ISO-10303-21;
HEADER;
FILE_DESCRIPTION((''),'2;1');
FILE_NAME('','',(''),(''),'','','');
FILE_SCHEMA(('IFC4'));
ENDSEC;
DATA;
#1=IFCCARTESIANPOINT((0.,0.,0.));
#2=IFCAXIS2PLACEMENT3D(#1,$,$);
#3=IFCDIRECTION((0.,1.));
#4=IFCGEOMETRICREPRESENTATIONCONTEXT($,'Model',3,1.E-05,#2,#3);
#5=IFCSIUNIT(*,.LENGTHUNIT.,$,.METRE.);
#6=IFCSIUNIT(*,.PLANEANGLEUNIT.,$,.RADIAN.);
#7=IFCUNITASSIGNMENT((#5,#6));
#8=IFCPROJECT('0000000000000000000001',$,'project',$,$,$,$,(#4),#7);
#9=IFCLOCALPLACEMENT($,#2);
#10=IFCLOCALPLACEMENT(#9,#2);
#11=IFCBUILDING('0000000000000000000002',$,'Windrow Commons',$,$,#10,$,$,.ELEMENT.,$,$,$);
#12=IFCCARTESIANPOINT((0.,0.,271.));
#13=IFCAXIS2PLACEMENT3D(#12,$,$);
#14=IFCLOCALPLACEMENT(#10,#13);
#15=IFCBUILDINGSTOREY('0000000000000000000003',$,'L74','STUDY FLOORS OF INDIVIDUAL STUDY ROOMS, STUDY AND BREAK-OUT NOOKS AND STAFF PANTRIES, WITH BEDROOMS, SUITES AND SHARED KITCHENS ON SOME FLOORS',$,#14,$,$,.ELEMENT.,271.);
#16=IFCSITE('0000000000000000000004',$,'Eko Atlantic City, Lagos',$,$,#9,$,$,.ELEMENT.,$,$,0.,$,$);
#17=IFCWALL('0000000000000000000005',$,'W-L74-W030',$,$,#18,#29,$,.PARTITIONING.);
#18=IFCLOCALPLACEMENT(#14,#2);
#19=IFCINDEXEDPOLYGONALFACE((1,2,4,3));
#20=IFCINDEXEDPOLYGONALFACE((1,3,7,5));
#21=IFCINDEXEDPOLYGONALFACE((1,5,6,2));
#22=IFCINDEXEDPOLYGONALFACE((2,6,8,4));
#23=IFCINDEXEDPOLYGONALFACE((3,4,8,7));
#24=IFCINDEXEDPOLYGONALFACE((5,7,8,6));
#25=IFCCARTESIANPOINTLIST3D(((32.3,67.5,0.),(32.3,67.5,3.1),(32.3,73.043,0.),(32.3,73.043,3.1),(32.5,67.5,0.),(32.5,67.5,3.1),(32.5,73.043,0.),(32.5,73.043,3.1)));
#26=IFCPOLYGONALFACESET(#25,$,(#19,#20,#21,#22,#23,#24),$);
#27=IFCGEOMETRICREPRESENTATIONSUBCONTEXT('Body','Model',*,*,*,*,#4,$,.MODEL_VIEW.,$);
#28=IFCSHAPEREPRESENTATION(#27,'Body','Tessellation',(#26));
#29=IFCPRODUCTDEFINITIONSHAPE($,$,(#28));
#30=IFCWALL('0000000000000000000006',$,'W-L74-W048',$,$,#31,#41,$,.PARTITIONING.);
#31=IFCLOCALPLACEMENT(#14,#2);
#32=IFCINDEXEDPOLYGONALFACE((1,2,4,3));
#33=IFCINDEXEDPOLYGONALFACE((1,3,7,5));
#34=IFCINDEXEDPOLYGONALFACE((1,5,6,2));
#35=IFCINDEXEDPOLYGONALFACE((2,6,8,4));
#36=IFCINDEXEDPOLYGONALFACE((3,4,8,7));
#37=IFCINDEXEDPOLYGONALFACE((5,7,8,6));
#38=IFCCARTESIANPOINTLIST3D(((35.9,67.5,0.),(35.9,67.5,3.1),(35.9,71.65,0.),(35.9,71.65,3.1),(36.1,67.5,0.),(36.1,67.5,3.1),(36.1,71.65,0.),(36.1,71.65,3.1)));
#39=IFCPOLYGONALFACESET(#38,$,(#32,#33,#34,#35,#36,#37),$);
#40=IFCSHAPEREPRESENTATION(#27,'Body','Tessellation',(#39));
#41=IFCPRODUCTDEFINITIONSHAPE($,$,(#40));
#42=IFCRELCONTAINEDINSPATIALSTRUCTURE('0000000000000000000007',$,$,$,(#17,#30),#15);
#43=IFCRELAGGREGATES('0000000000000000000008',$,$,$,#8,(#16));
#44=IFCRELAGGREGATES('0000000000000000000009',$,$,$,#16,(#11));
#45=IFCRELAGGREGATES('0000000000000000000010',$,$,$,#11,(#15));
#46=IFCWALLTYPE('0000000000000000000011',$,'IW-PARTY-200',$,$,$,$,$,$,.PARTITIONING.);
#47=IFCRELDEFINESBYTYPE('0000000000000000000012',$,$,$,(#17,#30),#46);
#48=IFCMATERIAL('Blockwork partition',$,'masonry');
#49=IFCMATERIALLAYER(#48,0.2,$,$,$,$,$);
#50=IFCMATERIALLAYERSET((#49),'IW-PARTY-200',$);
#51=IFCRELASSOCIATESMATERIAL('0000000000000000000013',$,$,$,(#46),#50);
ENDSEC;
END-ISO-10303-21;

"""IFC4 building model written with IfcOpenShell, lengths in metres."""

from ifc_helpers import new_model, si_unit, direction, frame, frame_2d, origin, place, context, subcontext, project, spatial, rectangle, extrude, material, layer, layer_set, type_object, element, save


model = new_model("IFC4")

# Units and contexts
model_context = context("Model", 3, precision=1e-05, world=origin(), true_north=direction((0.0, 1.0)))
body_context = subcontext(model_context, "Body", "Model", "MODEL_VIEW")
ifc_project = project(units=[si_unit("LENGTHUNIT", "METRE"), si_unit("PLANEANGLEUNIT", "RADIAN")], contexts=[model_context])

# Site, building, storey
site_placement = place(None, origin())
site = spatial("IfcSite", under=ifc_project, at=site_placement, Name="Eko Atlantic City, Lagos", CompositionType="ELEMENT", RefElevation=0.0)
building_placement = place(site_placement, origin())
building = spatial("IfcBuilding", under=site, at=building_placement, Name="Windrow Commons", CompositionType="ELEMENT")
storey_placement = place(building_placement, frame((0.0, 0.0, 271.0)))
storey = spatial("IfcBuildingStorey", under=building, at=storey_placement, Name="L74", Description="STUDY FLOORS OF INDIVIDUAL STUDY ROOMS, STUDY AND BREAK-OUT NOOKS AND STAFF PANTRIES, WITH BEDROOMS, SUITES AND SHARED KITCHENS ON SOME FLOORS", CompositionType="ELEMENT", Elevation=271.0)

# Walls
ifc_material_1 = material(Name="Blockwork partition", Category="masonry")
ifc_layer_1 = layer(ifc_material_1, 0.2)
ifc_layer_set_1 = layer_set([ifc_layer_1], Name="IW-PARTY-200")
wall_type_1 = type_object("IfcWallType", Name="IW-PARTY-200", PredefinedType="PARTITIONING", material=ifc_layer_set_1)
wall_1_placement = place(storey_placement, frame((32.4, 67.5, 0.0), z_axis=(0.0, 0.0, 1.0), x_axis=(0.0, 1.0, 0.0)))
element("IfcWall", 1, at=wall_1_placement, inside=storey, type_object=wall_type_1, Name="W-L74-W030", PredefinedType="PARTITIONING", context=body_context, shape_type="SweptSolid", body=[
    extrude(rectangle(XDim=5.543, YDim=0.2, at=frame_2d((2.7715, 0.0))), origin(), (0.0, 0.0, 1.0), 3.1),
])
wall_2_placement = place(storey_placement, frame((36.0, 67.5, 0.0), z_axis=(0.0, 0.0, 1.0), x_axis=(0.0, 1.0, 0.0)))
element("IfcWall", 2, at=wall_2_placement, inside=storey, type_object=wall_type_1, Name="W-L74-W048", PredefinedType="PARTITIONING", context=body_context, shape_type="SweptSolid", body=[
    extrude(rectangle(XDim=4.15, YDim=0.2, at=frame_2d((2.075, 0.0))), origin(), (0.0, 0.0, 1.0), 3.1),
])

save(model, "model.ifc")
